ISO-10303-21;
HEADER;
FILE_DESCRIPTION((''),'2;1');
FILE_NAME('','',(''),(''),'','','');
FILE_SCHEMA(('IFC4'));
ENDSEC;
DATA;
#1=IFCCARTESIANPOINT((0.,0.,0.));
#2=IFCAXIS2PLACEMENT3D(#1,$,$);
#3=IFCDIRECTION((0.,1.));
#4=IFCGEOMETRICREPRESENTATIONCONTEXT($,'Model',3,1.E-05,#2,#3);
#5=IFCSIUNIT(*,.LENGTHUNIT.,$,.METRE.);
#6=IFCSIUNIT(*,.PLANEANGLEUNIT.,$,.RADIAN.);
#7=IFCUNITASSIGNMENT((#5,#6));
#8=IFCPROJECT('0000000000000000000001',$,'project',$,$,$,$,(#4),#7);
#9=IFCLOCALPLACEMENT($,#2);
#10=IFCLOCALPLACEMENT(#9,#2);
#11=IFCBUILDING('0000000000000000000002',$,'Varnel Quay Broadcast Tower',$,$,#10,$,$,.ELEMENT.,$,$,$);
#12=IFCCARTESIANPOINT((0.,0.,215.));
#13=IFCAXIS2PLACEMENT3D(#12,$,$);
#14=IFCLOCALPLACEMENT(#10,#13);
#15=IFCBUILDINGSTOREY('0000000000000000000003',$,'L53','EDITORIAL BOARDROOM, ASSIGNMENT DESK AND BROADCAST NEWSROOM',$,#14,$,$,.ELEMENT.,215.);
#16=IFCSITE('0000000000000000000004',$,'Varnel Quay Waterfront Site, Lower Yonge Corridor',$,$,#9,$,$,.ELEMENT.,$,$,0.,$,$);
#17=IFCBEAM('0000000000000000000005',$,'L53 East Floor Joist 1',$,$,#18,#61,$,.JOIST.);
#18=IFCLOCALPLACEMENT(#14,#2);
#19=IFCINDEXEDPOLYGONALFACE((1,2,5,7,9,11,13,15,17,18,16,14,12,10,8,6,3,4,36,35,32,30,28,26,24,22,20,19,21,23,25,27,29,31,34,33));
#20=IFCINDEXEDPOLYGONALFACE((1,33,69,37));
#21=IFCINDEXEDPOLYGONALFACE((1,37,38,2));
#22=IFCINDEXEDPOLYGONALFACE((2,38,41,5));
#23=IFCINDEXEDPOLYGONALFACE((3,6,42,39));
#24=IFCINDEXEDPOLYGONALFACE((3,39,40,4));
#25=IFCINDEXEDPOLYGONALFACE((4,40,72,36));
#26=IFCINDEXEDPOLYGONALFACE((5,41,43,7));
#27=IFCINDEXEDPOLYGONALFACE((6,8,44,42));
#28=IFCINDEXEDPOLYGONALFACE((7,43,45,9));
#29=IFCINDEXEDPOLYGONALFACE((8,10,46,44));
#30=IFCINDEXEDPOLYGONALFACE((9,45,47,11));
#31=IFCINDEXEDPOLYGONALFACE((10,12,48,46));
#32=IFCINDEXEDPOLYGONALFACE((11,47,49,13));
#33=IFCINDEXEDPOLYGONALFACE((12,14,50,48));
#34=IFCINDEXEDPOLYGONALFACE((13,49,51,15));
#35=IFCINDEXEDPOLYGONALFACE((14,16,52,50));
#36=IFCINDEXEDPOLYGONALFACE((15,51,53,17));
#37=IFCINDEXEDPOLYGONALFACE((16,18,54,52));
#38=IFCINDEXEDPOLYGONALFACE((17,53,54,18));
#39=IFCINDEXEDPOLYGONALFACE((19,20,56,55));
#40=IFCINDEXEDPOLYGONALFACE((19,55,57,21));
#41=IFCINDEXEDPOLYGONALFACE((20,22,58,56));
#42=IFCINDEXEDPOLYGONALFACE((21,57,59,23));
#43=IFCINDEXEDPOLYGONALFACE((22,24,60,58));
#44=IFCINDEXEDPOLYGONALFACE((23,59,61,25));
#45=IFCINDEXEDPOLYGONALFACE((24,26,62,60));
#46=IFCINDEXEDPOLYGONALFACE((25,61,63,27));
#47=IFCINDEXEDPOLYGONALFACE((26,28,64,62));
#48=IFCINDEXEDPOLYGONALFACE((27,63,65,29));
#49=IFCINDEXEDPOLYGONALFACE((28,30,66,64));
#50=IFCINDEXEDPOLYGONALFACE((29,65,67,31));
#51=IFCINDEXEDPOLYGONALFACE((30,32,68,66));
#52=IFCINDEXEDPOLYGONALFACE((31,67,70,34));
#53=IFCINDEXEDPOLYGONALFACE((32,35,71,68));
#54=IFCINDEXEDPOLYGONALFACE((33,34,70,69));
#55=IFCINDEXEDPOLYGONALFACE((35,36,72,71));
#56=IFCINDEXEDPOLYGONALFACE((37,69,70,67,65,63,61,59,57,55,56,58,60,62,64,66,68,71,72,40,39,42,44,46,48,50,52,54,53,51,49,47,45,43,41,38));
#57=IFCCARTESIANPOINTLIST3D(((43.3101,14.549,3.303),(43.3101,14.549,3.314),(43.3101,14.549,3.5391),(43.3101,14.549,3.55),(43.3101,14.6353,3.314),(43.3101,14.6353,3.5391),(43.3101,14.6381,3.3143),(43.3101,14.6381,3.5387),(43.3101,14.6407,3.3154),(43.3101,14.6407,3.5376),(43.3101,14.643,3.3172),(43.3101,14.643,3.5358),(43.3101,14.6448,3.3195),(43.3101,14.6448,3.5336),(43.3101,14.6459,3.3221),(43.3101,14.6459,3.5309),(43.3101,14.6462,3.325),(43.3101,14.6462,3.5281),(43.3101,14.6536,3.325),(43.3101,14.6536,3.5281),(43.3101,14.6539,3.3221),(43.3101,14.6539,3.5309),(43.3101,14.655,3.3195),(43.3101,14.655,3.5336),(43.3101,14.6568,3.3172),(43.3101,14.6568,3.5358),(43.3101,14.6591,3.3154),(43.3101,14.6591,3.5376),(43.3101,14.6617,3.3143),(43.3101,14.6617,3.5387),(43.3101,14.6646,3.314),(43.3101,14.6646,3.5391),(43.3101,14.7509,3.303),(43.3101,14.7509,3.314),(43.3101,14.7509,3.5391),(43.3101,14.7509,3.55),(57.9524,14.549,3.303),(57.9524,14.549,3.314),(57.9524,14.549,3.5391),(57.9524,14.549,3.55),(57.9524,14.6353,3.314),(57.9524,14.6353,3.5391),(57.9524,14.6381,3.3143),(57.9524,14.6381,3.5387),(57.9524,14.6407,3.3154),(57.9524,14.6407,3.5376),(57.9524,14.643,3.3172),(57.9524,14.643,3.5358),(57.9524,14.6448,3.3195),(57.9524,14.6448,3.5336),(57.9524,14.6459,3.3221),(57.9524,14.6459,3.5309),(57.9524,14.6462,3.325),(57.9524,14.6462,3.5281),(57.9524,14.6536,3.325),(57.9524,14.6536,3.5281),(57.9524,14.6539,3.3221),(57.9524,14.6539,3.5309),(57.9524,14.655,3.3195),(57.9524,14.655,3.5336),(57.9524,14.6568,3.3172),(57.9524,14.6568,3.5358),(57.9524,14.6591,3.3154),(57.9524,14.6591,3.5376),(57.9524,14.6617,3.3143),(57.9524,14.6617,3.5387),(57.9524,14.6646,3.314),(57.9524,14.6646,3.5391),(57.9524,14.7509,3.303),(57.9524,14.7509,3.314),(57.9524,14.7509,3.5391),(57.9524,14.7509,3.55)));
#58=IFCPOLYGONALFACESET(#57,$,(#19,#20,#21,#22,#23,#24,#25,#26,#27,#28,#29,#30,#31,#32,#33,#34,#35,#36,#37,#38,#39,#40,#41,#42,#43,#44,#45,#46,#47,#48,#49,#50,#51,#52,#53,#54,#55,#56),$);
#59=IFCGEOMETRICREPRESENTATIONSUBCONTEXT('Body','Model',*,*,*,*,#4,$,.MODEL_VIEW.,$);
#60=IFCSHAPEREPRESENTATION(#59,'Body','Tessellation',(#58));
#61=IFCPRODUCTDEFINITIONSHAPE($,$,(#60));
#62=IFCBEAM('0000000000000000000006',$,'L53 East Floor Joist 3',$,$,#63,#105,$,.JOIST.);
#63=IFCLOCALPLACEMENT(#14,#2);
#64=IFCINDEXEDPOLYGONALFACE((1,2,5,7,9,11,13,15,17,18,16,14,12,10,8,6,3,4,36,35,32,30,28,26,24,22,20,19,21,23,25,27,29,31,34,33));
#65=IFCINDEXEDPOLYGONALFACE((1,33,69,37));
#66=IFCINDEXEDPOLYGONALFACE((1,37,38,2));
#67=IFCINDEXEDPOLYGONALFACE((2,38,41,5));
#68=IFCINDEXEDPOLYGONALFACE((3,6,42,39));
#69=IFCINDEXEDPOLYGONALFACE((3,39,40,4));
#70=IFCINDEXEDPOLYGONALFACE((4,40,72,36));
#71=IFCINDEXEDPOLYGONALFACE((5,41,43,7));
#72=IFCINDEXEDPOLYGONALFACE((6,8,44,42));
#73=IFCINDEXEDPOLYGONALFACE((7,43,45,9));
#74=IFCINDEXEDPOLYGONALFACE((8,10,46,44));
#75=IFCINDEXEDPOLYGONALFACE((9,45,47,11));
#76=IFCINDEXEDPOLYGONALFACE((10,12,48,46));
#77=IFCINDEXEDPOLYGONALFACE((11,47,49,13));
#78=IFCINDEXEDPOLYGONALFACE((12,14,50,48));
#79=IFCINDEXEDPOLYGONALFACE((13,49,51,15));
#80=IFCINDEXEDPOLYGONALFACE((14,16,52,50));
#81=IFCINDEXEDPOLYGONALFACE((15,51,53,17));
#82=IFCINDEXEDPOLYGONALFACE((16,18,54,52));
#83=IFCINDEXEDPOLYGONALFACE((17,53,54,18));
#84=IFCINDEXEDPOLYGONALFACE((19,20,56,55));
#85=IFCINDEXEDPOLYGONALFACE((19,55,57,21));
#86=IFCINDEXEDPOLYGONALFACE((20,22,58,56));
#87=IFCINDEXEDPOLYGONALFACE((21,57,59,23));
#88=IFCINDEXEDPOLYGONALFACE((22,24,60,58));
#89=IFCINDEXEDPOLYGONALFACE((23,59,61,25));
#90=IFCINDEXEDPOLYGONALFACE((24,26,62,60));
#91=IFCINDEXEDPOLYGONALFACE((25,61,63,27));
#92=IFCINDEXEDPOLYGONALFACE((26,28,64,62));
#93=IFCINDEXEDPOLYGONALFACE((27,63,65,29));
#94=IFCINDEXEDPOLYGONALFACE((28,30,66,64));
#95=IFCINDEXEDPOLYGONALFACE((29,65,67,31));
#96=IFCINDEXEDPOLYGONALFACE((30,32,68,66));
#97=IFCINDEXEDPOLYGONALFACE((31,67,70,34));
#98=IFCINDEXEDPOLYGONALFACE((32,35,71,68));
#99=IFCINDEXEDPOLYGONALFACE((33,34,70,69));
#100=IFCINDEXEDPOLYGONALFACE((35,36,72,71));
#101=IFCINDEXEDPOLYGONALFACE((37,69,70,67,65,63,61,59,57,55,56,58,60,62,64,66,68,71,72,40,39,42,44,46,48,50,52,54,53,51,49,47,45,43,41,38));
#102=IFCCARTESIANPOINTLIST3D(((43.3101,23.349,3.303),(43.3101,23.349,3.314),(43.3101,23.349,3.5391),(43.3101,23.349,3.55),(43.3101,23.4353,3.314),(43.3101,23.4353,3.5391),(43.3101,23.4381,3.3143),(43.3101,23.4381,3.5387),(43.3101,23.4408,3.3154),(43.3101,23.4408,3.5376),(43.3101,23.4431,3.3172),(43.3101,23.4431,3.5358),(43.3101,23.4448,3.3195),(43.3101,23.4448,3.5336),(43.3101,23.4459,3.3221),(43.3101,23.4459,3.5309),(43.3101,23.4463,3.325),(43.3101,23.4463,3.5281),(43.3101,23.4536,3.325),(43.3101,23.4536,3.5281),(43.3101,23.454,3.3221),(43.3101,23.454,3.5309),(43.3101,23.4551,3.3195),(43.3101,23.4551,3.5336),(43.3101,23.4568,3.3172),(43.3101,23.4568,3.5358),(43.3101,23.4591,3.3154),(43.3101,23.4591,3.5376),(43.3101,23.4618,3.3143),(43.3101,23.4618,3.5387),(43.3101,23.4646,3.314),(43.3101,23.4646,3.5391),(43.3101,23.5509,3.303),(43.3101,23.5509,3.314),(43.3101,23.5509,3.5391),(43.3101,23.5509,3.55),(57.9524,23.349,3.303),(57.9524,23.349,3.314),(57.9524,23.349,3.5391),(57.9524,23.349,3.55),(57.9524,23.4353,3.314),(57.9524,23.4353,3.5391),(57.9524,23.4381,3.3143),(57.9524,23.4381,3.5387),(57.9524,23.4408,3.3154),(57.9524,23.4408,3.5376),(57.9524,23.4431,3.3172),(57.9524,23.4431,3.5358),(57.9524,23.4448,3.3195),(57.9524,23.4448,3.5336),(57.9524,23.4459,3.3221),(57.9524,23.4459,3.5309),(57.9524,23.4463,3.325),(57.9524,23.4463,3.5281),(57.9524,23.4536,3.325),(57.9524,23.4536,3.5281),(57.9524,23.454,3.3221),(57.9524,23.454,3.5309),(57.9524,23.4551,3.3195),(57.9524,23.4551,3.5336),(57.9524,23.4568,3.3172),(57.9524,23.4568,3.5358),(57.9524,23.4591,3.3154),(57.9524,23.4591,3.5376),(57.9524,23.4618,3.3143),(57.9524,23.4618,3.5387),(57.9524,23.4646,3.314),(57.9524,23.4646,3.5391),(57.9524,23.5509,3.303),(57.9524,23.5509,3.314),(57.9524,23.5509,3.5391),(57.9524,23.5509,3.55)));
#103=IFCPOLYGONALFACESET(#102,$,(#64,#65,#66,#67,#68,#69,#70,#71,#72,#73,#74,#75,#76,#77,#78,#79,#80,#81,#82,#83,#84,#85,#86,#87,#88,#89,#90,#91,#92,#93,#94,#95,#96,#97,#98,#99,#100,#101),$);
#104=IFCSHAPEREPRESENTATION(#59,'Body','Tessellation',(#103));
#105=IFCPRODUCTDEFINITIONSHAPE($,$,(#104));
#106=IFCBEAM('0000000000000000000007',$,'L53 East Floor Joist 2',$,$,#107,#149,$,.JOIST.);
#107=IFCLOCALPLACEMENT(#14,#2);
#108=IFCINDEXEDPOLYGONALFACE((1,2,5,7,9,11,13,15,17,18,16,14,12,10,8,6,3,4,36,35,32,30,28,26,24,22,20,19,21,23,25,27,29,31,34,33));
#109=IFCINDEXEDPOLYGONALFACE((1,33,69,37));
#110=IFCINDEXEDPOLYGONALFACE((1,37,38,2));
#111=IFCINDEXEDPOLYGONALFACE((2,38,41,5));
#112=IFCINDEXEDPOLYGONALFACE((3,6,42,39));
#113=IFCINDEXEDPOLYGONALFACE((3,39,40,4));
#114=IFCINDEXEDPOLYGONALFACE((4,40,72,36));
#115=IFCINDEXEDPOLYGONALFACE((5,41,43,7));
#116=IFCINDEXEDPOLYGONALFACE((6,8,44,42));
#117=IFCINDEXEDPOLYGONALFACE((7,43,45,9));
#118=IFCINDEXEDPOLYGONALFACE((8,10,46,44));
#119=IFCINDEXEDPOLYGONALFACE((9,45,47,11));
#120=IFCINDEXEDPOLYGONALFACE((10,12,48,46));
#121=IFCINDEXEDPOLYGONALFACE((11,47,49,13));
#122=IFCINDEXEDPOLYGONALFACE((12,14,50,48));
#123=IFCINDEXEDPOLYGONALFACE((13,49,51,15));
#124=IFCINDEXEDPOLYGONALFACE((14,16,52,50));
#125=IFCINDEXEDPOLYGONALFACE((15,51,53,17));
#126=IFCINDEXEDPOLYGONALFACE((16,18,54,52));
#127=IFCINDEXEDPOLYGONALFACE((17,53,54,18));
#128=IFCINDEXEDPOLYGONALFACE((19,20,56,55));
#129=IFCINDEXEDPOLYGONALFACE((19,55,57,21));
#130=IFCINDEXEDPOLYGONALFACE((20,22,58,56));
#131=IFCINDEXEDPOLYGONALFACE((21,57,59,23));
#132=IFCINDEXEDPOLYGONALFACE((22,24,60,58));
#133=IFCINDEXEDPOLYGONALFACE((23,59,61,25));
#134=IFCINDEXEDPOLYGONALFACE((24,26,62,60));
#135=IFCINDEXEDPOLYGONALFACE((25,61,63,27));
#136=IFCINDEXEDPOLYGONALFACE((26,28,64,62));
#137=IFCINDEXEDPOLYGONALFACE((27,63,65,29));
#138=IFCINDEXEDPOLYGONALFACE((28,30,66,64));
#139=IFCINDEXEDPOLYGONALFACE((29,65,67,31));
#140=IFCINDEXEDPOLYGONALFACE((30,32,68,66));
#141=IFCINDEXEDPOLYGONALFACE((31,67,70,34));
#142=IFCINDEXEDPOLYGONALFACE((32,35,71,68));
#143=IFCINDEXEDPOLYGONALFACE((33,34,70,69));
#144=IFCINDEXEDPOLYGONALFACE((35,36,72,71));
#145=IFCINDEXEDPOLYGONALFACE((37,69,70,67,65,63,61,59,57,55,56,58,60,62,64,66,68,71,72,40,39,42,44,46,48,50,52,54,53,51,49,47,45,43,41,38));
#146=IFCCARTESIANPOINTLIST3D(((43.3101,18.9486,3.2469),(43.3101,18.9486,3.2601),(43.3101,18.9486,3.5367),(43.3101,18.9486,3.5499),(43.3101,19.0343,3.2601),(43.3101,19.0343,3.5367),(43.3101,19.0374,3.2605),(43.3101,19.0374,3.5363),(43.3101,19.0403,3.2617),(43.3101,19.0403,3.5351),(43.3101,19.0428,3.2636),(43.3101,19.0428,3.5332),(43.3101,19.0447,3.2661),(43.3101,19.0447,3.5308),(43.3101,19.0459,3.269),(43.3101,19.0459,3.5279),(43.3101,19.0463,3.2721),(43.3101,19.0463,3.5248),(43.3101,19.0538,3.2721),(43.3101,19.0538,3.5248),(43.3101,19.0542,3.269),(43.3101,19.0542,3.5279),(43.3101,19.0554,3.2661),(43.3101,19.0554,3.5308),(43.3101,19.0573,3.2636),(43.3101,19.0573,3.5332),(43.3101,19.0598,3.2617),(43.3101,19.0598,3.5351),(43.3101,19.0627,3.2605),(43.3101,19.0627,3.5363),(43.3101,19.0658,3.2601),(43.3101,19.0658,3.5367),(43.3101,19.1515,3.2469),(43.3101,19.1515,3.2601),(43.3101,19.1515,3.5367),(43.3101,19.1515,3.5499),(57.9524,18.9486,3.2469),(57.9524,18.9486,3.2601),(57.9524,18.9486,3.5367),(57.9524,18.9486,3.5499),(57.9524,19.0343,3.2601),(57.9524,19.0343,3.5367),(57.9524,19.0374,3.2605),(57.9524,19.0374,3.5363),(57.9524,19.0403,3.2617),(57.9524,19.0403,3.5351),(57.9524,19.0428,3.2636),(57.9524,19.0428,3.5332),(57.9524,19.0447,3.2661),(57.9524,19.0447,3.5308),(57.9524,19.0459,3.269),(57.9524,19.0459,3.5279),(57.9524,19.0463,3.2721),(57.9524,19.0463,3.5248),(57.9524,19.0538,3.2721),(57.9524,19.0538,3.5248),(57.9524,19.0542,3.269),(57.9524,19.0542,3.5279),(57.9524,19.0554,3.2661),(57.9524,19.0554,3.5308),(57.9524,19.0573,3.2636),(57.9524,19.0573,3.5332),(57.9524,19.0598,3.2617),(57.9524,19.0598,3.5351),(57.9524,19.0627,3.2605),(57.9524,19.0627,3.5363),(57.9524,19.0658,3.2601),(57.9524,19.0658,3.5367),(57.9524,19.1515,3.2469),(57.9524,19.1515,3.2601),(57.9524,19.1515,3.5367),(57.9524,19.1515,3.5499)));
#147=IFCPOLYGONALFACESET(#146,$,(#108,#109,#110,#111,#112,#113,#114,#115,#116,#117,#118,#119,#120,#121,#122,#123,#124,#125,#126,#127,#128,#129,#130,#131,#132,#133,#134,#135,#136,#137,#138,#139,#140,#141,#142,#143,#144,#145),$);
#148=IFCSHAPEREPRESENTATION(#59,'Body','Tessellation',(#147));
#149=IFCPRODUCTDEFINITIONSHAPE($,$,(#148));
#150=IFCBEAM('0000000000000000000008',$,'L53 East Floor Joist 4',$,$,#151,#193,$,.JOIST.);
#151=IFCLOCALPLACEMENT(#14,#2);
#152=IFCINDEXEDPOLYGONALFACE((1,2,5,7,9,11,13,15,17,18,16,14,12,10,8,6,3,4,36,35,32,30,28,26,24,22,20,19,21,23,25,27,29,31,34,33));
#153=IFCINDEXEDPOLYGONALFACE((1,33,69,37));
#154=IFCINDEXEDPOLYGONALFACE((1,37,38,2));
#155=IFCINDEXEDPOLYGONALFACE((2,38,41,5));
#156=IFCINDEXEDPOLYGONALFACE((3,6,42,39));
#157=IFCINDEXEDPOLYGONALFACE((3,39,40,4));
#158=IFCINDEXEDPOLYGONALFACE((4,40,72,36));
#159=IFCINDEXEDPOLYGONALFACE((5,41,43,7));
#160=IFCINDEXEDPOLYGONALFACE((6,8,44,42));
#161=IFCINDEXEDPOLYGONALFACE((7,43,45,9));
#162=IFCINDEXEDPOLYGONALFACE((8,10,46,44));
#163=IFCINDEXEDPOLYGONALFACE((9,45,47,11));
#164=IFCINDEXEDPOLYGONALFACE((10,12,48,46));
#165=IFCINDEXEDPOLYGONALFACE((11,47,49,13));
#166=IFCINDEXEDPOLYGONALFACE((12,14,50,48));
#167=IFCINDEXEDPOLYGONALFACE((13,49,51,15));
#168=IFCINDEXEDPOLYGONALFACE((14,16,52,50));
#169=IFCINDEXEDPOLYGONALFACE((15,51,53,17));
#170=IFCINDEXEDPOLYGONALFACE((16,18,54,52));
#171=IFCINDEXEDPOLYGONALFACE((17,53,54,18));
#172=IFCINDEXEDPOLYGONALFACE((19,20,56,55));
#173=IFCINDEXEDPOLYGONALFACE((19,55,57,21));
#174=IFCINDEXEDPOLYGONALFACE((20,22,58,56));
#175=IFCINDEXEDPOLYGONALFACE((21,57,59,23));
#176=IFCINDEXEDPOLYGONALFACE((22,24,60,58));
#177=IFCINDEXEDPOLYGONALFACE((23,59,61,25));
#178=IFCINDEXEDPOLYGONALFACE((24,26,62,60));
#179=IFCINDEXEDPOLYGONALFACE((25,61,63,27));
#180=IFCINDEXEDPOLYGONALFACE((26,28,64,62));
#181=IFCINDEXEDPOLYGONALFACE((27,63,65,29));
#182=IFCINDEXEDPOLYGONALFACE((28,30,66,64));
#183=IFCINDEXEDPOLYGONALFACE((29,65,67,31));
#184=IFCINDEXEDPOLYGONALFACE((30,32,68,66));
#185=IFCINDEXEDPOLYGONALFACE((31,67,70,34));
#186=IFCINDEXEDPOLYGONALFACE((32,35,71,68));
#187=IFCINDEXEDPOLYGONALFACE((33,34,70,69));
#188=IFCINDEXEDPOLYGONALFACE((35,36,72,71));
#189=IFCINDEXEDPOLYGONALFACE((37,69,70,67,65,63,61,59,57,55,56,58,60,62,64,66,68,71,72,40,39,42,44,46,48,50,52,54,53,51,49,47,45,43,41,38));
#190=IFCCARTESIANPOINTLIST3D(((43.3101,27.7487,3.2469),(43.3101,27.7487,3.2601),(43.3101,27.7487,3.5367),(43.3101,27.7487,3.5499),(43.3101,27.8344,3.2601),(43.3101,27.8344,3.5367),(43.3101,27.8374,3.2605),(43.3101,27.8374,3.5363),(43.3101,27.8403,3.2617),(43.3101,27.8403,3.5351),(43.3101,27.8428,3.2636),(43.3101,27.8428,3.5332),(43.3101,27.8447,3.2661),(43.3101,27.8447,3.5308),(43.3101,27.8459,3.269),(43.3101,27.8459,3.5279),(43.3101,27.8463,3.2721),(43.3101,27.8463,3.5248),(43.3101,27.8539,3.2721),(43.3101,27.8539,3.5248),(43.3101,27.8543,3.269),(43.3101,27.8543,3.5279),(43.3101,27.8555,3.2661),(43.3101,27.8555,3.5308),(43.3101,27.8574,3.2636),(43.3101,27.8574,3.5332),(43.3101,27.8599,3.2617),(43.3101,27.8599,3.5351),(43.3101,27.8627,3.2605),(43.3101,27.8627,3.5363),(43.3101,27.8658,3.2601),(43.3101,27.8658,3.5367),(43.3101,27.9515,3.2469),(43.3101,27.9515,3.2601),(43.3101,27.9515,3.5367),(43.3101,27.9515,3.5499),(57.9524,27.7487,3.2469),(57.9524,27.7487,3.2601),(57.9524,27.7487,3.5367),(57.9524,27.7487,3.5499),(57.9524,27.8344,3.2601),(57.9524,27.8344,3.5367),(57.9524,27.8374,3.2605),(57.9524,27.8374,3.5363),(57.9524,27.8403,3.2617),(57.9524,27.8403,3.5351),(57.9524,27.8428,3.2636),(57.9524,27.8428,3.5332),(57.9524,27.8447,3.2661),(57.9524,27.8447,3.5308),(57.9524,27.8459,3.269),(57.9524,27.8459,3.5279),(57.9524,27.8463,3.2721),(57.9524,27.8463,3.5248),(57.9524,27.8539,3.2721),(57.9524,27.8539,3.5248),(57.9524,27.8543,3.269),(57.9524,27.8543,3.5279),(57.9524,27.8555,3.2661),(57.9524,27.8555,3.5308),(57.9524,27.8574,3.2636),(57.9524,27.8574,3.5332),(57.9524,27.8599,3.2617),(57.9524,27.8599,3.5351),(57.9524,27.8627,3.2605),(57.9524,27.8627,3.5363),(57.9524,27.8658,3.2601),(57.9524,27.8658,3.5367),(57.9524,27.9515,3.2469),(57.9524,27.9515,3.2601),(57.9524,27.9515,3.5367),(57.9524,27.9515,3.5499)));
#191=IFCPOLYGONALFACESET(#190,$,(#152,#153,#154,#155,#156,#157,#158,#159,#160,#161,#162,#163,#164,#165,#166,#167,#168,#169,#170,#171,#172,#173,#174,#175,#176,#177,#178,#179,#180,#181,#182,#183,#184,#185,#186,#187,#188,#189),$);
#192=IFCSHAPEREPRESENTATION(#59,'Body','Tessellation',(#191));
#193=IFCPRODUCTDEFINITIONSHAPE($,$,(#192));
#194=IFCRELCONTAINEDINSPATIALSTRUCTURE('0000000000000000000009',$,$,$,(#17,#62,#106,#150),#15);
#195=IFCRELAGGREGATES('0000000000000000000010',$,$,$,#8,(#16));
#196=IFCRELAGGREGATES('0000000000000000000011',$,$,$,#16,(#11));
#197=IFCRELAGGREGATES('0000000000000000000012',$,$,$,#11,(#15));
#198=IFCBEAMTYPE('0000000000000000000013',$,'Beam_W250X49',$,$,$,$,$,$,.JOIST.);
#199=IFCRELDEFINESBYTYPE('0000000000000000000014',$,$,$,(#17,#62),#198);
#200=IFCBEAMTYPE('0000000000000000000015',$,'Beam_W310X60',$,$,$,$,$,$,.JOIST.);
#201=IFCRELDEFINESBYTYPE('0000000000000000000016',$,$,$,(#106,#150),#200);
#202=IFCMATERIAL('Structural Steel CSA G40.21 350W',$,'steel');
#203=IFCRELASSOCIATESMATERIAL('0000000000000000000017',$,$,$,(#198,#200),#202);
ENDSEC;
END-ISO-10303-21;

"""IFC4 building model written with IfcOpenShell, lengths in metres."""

from ifc_helpers import new_model, si_unit, direction, frame, origin, origin_2d, place, context, subcontext, project, spatial, i_section, extrude, source, transform, mapped, material, material_profile, profile_set, type_object, type_shapes, element, save


model = new_model("IFC4")

# Units and contexts
model_context = context("Model", 3, precision=1e-05, world=origin(), true_north=direction((0.0, 1.0)))
body_context = subcontext(model_context, "Body", "Model", "MODEL_VIEW")
ifc_project = project(units=[si_unit("LENGTHUNIT", "METRE"), si_unit("PLANEANGLEUNIT", "RADIAN")], contexts=[model_context])

# Site, building, storey
site_placement = place(None, origin())
site = spatial("IfcSite", under=ifc_project, at=site_placement, Name="Varnel Quay Waterfront Site, Lower Yonge Corridor", CompositionType="ELEMENT", RefElevation=0.0)
building_placement = place(site_placement, origin())
building = spatial("IfcBuilding", under=site, at=building_placement, Name="Varnel Quay Broadcast Tower", CompositionType="ELEMENT")
storey_placement = place(building_placement, frame((0.0, 0.0, 215.0)))
storey = spatial("IfcBuildingStorey", under=building, at=storey_placement, Name="L53", Description="EDITORIAL BOARDROOM, ASSIGNMENT DESK AND BROADCAST NEWSROOM", CompositionType="ELEMENT", Elevation=215.0)

# Shared definitions
ifc_material_1 = material(Name="Structural Steel CSA G40.21 350W", Category="steel")

# Beams
ifc_material_profile_1 = material_profile(ifc_material_1, i_section(OverallWidth=0.2019, OverallDepth=0.2471, WebThickness=0.0073, FlangeThickness=0.011, FilletRadius=0.011, at=origin_2d()), Name="W250X49")
ifc_profile_set_1 = profile_set([ifc_material_profile_1], Name="Structural Steel CSA G40.21 350W")
beam_type_1 = type_object("IfcBeamType", Name="Beam_W250X49", PredefinedType="JOIST", material=ifc_profile_set_1)
shared_shape_1 = source(origin(), body_context, "Body", "SweptSolid", [
    extrude(i_section(OverallWidth=0.2019, OverallDepth=0.2471, WebThickness=0.0073, FlangeThickness=0.011, FilletRadius=0.011, at=origin_2d()), origin(), (0.0, 0.0, 1.0), 14.6423),
])
type_shapes(beam_type_1, [shared_shape_1])
for number, where, z_axis, x_axis, name in (
    (1, (43.3101, 14.6499, 3.4265), (1.0, 0.0, 0.0), (0.0, 1.0, 0.0), "L53 East Floor Joist 1"),
    (2, (43.3101, 23.45, 3.4265), (1.0, 0.0, 0.0), (0.0, 1.0, 0.0), "L53 East Floor Joist 3"),
):
    element("IfcBeam", number, at=place(storey_placement, frame(where, z_axis=z_axis, x_axis=x_axis)), inside=storey, type_object=beam_type_1, Name=name, PredefinedType="JOIST", context=body_context, shape_type="MappedRepresentation", body=[
        mapped(shared_shape_1, transform((0.0, 0.0, 0.0), x_axis=(1.0, 0.0, 0.0), y_axis=(0.0, 1.0, 0.0), z_axis=(0.0, 0.0, 1.0), scale=1.0)),
    ])
ifc_material_profile_2 = material_profile(ifc_material_1, i_section(OverallWidth=0.2029, OverallDepth=0.303, WebThickness=0.0076, FlangeThickness=0.0132, FilletRadius=0.012, at=origin_2d()), Name="W310X60")
ifc_profile_set_2 = profile_set([ifc_material_profile_2], Name="Structural Steel CSA G40.21 350W")
beam_type_2 = type_object("IfcBeamType", Name="Beam_W310X60", PredefinedType="JOIST", material=ifc_profile_set_2)
shared_shape_2 = source(origin(), body_context, "Body", "SweptSolid", [
    extrude(i_section(OverallWidth=0.2029, OverallDepth=0.303, WebThickness=0.0076, FlangeThickness=0.0132, FilletRadius=0.012, at=origin_2d()), origin(), (0.0, 0.0, 1.0), 14.6423),
])
type_shapes(beam_type_2, [shared_shape_2])
for number, where, z_axis, x_axis, name in (
    (3, (43.3101, 19.05, 3.3984), (1.0, 0.0, 0.0), (0.0, 1.0, 0.0), "L53 East Floor Joist 2"),
    (4, (43.3101, 27.8501, 3.3984), (1.0, 0.0, 0.0), (0.0, 1.0, 0.0), "L53 East Floor Joist 4"),
):
    element("IfcBeam", number, at=place(storey_placement, frame(where, z_axis=z_axis, x_axis=x_axis)), inside=storey, type_object=beam_type_2, Name=name, PredefinedType="JOIST", context=body_context, shape_type="MappedRepresentation", body=[
        mapped(shared_shape_2, transform((0.0, 0.0, 0.0), x_axis=(1.0, 0.0, 0.0), y_axis=(0.0, 1.0, 0.0), z_axis=(0.0, 0.0, 1.0), scale=1.0)),
    ])

save(model, "model.ifc")
